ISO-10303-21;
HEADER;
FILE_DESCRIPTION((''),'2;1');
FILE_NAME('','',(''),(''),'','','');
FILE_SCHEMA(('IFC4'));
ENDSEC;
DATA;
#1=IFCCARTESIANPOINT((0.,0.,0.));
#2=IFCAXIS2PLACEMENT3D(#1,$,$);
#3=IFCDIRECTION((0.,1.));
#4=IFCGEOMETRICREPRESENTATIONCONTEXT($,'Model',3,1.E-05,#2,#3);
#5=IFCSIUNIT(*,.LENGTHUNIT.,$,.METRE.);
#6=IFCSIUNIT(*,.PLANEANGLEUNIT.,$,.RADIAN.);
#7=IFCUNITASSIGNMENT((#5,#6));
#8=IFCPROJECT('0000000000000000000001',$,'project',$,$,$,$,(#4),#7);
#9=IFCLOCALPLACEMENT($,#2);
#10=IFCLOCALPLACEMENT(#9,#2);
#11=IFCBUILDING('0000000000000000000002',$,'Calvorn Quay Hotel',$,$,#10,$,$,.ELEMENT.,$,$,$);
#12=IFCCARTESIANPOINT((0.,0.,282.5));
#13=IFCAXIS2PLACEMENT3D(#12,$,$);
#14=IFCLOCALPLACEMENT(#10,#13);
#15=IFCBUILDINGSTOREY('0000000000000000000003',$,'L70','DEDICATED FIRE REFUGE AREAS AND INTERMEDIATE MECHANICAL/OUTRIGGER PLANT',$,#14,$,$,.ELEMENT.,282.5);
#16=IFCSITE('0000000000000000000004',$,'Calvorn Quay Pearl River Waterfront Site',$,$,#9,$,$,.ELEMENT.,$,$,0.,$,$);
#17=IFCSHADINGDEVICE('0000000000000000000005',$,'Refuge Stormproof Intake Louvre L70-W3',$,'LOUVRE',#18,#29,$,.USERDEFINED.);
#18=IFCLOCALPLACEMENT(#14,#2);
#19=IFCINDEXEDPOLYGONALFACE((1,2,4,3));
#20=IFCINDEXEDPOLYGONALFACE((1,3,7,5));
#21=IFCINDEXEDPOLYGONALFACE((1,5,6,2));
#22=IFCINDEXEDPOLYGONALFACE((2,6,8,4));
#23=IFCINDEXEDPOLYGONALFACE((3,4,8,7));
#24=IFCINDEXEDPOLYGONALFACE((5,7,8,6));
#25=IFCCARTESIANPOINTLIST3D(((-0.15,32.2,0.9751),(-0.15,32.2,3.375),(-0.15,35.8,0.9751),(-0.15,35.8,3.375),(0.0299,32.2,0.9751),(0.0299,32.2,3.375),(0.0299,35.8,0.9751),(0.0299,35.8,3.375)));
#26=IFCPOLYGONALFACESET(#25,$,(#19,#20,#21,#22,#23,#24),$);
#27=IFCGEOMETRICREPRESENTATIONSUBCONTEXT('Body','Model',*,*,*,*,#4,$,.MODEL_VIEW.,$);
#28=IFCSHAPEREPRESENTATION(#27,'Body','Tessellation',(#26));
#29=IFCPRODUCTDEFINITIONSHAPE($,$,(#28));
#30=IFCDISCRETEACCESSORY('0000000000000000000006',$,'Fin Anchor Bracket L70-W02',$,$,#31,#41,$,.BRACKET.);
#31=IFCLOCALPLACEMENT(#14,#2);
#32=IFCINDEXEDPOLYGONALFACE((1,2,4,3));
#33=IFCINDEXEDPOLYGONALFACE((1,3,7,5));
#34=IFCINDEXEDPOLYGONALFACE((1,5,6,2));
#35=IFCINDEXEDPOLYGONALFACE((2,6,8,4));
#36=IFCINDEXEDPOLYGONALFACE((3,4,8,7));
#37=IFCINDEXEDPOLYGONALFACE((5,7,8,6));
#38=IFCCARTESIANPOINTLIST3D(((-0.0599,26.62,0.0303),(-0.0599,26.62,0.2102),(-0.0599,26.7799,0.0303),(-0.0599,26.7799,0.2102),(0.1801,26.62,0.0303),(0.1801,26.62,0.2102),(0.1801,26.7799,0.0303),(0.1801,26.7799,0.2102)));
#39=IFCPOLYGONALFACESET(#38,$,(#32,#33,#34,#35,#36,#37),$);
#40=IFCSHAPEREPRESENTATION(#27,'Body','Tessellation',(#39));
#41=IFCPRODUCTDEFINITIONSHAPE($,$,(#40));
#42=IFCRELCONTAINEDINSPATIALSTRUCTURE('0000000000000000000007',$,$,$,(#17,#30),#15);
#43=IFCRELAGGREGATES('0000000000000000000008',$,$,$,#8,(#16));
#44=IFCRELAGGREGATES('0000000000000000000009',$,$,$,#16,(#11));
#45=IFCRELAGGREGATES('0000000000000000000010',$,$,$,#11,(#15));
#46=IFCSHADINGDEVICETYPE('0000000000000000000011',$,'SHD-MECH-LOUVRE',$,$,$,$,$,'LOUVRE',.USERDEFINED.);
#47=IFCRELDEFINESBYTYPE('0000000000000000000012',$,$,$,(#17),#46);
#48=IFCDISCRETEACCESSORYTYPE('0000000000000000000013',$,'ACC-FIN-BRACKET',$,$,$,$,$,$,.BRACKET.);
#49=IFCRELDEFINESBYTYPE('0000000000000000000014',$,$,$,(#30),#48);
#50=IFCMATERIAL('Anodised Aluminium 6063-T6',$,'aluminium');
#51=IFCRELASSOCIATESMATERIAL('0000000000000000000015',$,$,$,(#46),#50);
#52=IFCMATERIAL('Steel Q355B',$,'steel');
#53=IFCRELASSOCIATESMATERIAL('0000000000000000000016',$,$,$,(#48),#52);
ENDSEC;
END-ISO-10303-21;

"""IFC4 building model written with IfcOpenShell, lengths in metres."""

from ifc_helpers import new_model, si_unit, direction, frame, origin, origin_2d, place, context, subcontext, project, spatial, rectangle, extrude, material, type_object, element, save


model = new_model("IFC4")

# Units and contexts
model_context = context("Model", 3, precision=1e-05, world=origin(), true_north=direction((0.0, 1.0)))
body_context = subcontext(model_context, "Body", "Model", "MODEL_VIEW")
ifc_project = project(units=[si_unit("LENGTHUNIT", "METRE"), si_unit("PLANEANGLEUNIT", "RADIAN")], contexts=[model_context])

# Site, building, storey
site_placement = place(None, origin())
site = spatial("IfcSite", under=ifc_project, at=site_placement, Name="Calvorn Quay Pearl River Waterfront Site", CompositionType="ELEMENT", RefElevation=0.0)
building_placement = place(site_placement, origin())
building = spatial("IfcBuilding", under=site, at=building_placement, Name="Calvorn Quay Hotel", CompositionType="ELEMENT")
storey_placement = place(building_placement, frame((0.0, 0.0, 282.5)))
storey = spatial("IfcBuildingStorey", under=building, at=storey_placement, Name="L70", Description="DEDICATED FIRE REFUGE AREAS AND INTERMEDIATE MECHANICAL/OUTRIGGER PLANT", CompositionType="ELEMENT", Elevation=282.5)

# Shading device
ifc_material_1 = material(Name="Anodised Aluminium 6063-T6", Category="aluminium")
shading_device_type = type_object("IfcShadingDeviceType", Name="SHD-MECH-LOUVRE", ElementType="LOUVRE", PredefinedType="USERDEFINED", material=ifc_material_1)
shading_device_placement = place(storey_placement, frame((-0.0601, 34.0, 0.9751), z_axis=(0.0, 0.0, 1.0), x_axis=(1.0, 0.0, 0.0)))
element("IfcShadingDevice", 1, at=shading_device_placement, inside=storey, type_object=shading_device_type, Name="Refuge Stormproof Intake Louvre L70-W3", ObjectType="LOUVRE", PredefinedType="USERDEFINED", context=body_context, shape_type="SweptSolid", body=[
    extrude(rectangle(XDim=0.1799, YDim=3.6001, at=origin_2d()), origin(), (0.0, 0.0, 1.0), 2.3999),
])

# Discrete accessory
ifc_material_2 = material(Name="Steel Q355B", Category="steel")
discrete_accessory_type = type_object("IfcDiscreteAccessoryType", Name="ACC-FIN-BRACKET", PredefinedType="BRACKET", material=ifc_material_2)
discrete_accessory_placement = place(storey_placement, frame((0.0601, 26.7, 0.0303), z_axis=(0.0, 0.0, 1.0), x_axis=(1.0, 0.0, 0.0)))
element("IfcDiscreteAccessory", 2, at=discrete_accessory_placement, inside=storey, type_object=discrete_accessory_type, Name="Fin Anchor Bracket L70-W02", PredefinedType="BRACKET", context=body_context, shape_type="SweptSolid", body=[
    extrude(rectangle(XDim=0.24, YDim=0.1599, at=origin_2d()), origin(), (0.0, 0.0, 1.0), 0.1799),
])

save(model, "model.ifc")
